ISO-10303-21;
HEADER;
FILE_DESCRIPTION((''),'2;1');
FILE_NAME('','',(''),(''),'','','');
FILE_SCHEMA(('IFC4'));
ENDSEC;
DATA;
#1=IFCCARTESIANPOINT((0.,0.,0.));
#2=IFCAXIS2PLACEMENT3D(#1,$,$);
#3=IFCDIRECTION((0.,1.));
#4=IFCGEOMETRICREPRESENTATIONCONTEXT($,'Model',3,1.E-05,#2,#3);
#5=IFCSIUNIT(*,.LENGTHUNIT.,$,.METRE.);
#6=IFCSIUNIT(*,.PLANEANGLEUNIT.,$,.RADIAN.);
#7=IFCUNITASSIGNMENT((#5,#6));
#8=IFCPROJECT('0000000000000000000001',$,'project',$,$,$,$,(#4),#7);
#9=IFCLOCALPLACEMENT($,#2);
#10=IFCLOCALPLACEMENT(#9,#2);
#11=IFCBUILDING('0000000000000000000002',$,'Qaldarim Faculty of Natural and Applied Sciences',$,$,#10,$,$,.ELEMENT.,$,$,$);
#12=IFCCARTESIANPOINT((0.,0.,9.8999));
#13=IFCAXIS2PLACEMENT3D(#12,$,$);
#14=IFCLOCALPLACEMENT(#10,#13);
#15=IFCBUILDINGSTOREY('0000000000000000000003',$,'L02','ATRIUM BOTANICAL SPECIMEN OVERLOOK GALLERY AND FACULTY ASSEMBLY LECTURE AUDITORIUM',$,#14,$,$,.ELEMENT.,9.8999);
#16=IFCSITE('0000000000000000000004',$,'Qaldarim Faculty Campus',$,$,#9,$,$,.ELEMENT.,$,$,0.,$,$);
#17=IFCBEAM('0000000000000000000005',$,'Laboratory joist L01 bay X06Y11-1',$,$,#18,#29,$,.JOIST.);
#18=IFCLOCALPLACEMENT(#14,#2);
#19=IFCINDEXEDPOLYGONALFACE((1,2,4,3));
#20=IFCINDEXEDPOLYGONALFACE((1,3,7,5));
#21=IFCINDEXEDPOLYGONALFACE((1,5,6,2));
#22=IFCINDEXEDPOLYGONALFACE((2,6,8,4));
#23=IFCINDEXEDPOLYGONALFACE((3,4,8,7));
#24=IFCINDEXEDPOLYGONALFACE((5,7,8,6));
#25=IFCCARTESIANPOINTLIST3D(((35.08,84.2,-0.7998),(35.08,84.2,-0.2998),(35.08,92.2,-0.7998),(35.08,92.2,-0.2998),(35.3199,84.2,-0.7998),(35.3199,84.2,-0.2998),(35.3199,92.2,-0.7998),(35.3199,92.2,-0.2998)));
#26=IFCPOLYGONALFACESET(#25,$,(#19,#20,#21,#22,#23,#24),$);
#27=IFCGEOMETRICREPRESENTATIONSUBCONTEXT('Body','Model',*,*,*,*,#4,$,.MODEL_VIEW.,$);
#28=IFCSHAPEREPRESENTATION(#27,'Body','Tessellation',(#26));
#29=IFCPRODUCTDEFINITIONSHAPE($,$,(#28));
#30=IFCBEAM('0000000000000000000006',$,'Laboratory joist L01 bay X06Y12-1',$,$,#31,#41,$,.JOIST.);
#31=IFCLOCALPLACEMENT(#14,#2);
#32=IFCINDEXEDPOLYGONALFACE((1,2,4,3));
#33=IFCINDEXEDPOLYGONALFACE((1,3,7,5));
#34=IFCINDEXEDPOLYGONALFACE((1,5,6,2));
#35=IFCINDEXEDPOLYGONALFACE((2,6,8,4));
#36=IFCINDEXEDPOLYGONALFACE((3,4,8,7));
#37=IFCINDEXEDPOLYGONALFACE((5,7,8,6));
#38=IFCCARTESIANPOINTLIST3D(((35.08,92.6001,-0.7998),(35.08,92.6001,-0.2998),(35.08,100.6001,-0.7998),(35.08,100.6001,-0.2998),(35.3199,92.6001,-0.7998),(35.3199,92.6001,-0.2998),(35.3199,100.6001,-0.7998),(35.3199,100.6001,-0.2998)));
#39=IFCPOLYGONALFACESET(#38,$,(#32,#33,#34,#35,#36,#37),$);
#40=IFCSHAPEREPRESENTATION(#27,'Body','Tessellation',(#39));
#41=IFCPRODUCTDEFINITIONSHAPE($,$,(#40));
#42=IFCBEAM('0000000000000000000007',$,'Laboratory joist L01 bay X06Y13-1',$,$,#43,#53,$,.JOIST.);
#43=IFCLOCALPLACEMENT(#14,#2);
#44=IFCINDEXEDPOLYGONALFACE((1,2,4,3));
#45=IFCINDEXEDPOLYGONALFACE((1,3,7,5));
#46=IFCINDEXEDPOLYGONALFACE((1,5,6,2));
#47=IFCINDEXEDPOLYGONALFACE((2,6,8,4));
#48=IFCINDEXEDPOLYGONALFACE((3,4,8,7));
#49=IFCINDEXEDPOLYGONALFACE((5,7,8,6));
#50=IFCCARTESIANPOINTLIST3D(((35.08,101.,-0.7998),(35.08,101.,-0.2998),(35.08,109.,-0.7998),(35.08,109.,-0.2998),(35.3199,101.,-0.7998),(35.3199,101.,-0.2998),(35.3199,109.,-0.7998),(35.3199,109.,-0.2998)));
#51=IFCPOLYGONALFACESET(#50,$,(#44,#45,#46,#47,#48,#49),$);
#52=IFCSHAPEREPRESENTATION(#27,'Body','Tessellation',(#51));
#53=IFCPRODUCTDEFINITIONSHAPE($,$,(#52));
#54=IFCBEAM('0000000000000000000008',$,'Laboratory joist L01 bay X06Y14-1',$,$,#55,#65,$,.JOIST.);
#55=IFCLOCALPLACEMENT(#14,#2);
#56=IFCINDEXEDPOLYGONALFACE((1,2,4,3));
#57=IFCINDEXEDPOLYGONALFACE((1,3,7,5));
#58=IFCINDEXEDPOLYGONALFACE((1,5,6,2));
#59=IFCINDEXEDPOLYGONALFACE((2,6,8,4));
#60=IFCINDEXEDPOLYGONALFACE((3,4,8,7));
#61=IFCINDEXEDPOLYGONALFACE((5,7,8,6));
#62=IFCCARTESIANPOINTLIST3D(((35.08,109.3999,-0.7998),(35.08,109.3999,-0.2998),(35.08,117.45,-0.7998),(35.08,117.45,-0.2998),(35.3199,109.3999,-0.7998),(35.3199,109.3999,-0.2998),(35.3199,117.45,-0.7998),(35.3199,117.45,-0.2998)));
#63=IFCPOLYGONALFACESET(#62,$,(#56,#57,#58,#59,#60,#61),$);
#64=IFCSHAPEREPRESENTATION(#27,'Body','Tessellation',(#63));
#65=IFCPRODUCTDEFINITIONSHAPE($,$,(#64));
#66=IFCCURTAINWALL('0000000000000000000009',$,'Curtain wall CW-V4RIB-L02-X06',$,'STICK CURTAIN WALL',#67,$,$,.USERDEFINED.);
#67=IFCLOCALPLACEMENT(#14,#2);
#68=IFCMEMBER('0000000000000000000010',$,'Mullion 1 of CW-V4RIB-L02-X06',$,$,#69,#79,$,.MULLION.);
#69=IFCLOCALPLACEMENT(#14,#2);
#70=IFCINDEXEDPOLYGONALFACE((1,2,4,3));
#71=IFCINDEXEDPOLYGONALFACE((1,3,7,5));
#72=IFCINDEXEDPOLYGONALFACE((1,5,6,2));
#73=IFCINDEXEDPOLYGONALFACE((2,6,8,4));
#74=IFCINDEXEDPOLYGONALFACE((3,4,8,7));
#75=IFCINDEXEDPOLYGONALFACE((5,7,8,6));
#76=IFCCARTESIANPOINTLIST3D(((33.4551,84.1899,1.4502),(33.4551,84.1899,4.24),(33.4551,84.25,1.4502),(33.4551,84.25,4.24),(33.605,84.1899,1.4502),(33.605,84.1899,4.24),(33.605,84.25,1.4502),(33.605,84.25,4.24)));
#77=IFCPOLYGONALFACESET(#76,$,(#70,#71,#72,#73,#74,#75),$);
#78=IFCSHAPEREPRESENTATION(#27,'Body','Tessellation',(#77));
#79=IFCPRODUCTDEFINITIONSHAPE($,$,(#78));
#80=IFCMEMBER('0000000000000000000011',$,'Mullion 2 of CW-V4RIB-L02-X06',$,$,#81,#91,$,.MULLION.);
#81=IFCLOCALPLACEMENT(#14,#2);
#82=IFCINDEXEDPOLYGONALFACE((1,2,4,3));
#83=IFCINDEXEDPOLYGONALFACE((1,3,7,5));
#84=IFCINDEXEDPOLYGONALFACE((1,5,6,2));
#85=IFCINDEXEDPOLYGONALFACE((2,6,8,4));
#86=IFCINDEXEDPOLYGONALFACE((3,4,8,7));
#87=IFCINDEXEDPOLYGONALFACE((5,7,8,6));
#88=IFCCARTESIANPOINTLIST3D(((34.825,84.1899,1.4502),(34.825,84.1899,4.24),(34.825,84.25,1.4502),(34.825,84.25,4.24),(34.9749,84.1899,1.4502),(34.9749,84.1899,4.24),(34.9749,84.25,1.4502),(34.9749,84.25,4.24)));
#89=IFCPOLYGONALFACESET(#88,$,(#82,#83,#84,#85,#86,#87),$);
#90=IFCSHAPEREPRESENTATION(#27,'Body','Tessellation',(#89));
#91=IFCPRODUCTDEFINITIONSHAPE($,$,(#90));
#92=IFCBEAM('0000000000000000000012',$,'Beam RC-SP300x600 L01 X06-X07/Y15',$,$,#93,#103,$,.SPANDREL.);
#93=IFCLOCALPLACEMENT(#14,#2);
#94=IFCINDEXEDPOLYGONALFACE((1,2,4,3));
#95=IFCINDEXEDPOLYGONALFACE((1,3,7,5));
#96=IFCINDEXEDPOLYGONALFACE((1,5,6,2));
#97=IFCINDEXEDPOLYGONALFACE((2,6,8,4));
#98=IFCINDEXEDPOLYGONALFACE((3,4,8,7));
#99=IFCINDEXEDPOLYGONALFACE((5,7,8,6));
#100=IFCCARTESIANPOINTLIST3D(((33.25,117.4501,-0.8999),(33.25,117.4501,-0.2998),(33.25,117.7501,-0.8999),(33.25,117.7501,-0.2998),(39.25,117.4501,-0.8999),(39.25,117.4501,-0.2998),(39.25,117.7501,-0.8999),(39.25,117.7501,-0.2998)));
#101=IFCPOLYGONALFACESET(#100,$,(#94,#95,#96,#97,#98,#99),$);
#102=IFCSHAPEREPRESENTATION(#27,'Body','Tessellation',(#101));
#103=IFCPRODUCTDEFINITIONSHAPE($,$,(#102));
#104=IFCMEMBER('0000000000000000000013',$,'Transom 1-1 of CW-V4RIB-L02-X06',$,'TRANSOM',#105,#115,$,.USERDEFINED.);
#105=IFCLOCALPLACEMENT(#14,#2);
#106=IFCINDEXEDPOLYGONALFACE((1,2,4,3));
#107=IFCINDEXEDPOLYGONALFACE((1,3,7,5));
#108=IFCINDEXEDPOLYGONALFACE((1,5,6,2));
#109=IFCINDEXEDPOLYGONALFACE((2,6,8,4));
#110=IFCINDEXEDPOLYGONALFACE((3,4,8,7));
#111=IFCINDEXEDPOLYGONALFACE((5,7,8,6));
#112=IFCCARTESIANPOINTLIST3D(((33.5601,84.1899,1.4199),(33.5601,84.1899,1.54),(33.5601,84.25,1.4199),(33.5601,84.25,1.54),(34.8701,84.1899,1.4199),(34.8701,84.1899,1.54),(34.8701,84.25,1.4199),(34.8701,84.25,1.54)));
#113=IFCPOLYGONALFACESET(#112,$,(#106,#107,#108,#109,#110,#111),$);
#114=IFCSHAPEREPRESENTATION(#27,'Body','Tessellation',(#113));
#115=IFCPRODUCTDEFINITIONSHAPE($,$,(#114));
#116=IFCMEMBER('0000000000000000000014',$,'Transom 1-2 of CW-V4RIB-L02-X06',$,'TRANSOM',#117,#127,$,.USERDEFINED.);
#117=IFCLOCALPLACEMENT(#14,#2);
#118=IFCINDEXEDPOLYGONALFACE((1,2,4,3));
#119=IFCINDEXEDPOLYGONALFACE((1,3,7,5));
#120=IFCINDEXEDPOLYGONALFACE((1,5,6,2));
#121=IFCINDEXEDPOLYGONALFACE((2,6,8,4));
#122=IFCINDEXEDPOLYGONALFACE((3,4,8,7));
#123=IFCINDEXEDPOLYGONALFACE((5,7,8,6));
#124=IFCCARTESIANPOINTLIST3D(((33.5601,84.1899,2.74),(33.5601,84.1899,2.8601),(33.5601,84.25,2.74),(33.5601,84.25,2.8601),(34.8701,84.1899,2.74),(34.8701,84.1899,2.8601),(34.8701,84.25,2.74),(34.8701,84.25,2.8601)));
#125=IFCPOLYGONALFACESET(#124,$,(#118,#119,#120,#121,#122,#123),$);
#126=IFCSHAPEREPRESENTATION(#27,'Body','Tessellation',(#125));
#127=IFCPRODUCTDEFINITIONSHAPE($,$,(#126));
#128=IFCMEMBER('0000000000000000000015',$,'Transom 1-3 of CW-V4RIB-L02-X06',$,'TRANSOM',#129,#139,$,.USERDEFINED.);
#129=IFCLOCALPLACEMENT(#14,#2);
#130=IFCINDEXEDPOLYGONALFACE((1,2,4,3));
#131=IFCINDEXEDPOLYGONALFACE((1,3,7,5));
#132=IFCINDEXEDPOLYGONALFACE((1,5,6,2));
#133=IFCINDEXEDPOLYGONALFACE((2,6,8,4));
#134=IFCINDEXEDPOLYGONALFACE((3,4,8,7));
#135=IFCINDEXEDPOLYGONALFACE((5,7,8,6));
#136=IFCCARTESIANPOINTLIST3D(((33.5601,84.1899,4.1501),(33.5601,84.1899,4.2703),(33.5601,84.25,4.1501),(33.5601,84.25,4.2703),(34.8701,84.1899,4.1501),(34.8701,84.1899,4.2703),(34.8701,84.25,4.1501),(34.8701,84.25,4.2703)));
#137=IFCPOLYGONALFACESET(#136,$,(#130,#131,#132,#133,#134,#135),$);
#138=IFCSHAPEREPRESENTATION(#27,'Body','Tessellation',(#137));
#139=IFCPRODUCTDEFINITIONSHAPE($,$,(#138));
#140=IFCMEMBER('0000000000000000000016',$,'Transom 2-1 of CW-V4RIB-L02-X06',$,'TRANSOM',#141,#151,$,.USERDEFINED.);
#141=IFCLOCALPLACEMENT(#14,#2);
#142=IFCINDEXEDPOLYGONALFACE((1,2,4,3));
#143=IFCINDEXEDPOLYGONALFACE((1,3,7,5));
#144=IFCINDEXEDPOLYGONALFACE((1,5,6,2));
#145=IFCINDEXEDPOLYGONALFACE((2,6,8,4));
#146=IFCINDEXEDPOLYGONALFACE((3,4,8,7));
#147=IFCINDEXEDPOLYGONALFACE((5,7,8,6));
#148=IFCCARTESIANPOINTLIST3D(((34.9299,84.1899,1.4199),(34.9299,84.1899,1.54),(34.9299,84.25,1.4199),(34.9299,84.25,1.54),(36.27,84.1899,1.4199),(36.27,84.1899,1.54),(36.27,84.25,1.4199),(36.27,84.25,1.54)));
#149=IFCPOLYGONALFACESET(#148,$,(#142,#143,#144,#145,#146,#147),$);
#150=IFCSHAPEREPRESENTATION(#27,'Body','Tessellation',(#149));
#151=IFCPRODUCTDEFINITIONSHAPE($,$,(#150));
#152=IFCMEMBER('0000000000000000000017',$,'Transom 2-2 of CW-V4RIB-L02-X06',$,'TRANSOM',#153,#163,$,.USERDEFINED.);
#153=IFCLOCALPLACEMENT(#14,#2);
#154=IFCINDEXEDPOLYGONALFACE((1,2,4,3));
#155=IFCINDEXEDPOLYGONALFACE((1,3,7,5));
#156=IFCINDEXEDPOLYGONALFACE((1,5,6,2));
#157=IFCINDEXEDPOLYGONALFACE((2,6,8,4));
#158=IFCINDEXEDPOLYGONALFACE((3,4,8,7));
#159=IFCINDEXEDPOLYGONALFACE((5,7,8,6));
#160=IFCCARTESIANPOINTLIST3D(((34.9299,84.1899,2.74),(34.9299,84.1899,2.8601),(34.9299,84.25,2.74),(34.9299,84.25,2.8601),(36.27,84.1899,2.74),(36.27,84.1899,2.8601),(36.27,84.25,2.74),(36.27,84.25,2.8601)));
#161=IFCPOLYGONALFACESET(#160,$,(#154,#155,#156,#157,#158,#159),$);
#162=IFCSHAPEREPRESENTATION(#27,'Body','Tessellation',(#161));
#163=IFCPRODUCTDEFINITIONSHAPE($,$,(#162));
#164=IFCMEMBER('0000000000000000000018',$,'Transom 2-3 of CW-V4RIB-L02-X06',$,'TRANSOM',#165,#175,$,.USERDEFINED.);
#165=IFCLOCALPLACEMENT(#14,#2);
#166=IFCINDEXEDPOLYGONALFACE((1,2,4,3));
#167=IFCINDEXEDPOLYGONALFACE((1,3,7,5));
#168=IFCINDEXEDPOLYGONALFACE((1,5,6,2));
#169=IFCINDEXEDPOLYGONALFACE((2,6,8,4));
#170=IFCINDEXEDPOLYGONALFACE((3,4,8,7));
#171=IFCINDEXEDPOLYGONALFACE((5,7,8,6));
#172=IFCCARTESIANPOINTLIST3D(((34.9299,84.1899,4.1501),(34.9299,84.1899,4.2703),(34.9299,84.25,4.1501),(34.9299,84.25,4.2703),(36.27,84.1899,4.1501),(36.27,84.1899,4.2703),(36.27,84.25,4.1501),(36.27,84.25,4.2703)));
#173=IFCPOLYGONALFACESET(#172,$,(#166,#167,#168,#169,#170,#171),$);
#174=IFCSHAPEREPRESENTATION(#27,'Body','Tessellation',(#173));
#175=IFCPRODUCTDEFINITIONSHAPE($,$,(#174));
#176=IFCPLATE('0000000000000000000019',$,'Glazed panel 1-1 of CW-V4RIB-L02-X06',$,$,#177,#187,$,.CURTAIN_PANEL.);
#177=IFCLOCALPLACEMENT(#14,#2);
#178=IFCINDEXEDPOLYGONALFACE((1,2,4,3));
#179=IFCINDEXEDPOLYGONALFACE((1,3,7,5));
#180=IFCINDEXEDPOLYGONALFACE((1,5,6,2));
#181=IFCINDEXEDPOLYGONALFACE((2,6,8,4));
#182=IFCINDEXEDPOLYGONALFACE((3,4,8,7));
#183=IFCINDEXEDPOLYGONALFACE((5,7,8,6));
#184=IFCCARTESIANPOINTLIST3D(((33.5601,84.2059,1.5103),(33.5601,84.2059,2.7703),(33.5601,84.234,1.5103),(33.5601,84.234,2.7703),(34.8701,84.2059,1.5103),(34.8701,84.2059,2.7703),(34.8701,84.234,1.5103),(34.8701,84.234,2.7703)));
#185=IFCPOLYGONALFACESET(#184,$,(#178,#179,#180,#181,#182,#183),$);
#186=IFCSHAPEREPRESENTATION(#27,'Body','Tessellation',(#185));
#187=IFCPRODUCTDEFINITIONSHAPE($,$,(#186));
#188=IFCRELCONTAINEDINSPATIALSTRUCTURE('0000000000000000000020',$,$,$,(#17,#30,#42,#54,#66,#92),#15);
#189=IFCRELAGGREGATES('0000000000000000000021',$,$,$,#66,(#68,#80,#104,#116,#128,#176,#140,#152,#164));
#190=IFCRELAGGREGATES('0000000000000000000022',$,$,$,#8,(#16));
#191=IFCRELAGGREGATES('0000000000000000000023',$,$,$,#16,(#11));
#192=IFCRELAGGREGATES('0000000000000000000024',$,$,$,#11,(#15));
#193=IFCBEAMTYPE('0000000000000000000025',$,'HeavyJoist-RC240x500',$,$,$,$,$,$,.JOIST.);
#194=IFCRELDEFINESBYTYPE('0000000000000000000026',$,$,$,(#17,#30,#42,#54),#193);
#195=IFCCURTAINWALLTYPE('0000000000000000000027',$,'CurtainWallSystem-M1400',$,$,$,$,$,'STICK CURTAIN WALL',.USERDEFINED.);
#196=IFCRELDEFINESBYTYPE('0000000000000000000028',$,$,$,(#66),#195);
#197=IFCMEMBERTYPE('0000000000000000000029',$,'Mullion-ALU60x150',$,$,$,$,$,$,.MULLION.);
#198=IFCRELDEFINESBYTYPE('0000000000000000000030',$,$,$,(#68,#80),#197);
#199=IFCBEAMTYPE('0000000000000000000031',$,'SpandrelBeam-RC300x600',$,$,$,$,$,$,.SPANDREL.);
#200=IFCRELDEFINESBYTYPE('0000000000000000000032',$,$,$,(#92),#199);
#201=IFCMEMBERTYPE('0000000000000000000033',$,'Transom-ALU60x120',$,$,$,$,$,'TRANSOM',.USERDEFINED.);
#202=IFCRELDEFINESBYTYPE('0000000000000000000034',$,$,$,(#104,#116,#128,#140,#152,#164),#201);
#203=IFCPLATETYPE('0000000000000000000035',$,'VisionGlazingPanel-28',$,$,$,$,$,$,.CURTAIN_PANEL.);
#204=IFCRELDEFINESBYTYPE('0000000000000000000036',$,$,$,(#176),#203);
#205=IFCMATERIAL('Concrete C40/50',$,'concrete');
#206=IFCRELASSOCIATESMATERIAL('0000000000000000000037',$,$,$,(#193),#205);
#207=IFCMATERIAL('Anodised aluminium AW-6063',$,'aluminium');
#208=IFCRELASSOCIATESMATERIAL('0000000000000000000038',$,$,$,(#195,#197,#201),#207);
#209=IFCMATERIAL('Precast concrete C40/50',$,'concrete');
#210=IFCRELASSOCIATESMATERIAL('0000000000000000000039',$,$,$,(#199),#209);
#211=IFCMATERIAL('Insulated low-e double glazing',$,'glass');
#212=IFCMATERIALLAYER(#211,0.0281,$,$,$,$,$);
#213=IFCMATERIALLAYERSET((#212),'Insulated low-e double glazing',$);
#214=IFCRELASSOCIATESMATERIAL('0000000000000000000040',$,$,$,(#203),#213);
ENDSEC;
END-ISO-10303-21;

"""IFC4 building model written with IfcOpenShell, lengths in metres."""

from ifc_helpers import new_model, si_unit, direction, frame, origin, origin_2d, place, context, subcontext, project, spatial, rectangle, extrude, material, layer, layer_set, material_profile, profile_set, type_object, element, aggregate, save


model = new_model("IFC4")

# Units and contexts
model_context = context("Model", 3, precision=1e-05, world=origin(), true_north=direction((0.0, 1.0)))
body_context = subcontext(model_context, "Body", "Model", "MODEL_VIEW")
ifc_project = project(units=[si_unit("LENGTHUNIT", "METRE"), si_unit("PLANEANGLEUNIT", "RADIAN")], contexts=[model_context])

# Site, building, storey
site_placement = place(None, origin())
site = spatial("IfcSite", under=ifc_project, at=site_placement, Name="Qaldarim Faculty Campus", CompositionType="ELEMENT", RefElevation=0.0)
building_placement = place(site_placement, origin())
building = spatial("IfcBuilding", under=site, at=building_placement, Name="Qaldarim Faculty of Natural and Applied Sciences", CompositionType="ELEMENT")
storey_placement = place(building_placement, frame((0.0, 0.0, 9.8999)))
storey = spatial("IfcBuildingStorey", under=building, at=storey_placement, Name="L02", Description="ATRIUM BOTANICAL SPECIMEN OVERLOOK GALLERY AND FACULTY ASSEMBLY LECTURE AUDITORIUM", CompositionType="ELEMENT", Elevation=9.8999)

# Beams
ifc_material_1 = material(Name="Concrete C40/50", Category="concrete")
ifc_material_profile_1 = material_profile(ifc_material_1, rectangle(XDim=0.24, YDim=0.5, at=origin_2d()), Name="RC-J240x500")
ifc_profile_set_1 = profile_set([ifc_material_profile_1], Name="Concrete C40/50")
beam_type_1 = type_object("IfcBeamType", Name="HeavyJoist-RC240x500", PredefinedType="JOIST", material=ifc_profile_set_1)
for number, where, z_axis, x_axis, name in (
    (1, (35.2, 84.2, -0.5498), (0.0, 1.0, 0.0), (-1.0, 0.0, 0.0), "Laboratory joist L01 bay X06Y11-1"),
    (2, (35.2, 92.6001, -0.5498), (0.0, 1.0, 0.0), (-1.0, 0.0, 0.0), "Laboratory joist L01 bay X06Y12-1"),
    (3, (35.2, 101.0, -0.5498), (0.0, 1.0, 0.0), (-1.0, 0.0, 0.0), "Laboratory joist L01 bay X06Y13-1"),
):
    element("IfcBeam", number, at=place(storey_placement, frame(where, z_axis=z_axis, x_axis=x_axis)), inside=storey, type_object=beam_type_1, Name=name, PredefinedType="JOIST", context=body_context, shape_type="SweptSolid", body=[
        extrude(rectangle(XDim=0.24, YDim=0.5, at=origin_2d()), origin(), (0.0, 0.0, 1.0), 8.0),
    ])
beam_1_placement = place(storey_placement, frame((35.2, 109.3999, -0.5498), z_axis=(0.0, 1.0, 0.0), x_axis=(-1.0, 0.0, 0.0)))
element("IfcBeam", 4, at=beam_1_placement, inside=storey, type_object=beam_type_1, Name="Laboratory joist L01 bay X06Y14-1", PredefinedType="JOIST", context=body_context, shape_type="SweptSolid", body=[
    extrude(rectangle(XDim=0.24, YDim=0.5, at=origin_2d()), origin(), (0.0, 0.0, 1.0), 8.05),
])

# Curtain wall, members
ifc_material_2 = material(Name="Anodised aluminium AW-6063", Category="aluminium")
curtain_wall_type = type_object("IfcCurtainWallType", Name="CurtainWallSystem-M1400", ElementType="STICK CURTAIN WALL", PredefinedType="USERDEFINED", material=ifc_material_2)
curtain_wall_placement = place(storey_placement, origin())
curtain_wall = element("IfcCurtainWall", 5, at=curtain_wall_placement, inside=storey, type_object=curtain_wall_type, Name="Curtain wall CW-V4RIB-L02-X06", ObjectType="STICK CURTAIN WALL", PredefinedType="USERDEFINED")
ifc_material_profile_2 = material_profile(ifc_material_2, rectangle(XDim=0.0601, YDim=0.1499, at=origin_2d()), Name="ALU-M60x150")
ifc_profile_set_2 = profile_set([ifc_material_profile_2], Name="Anodised aluminium AW-6063")
member_type_1 = type_object("IfcMemberType", Name="Mullion-ALU60x150", PredefinedType="MULLION", material=ifc_profile_set_2)
member_1_placement = place(storey_placement, frame((33.53, 84.22, 1.4502), z_axis=(0.0, 0.0, 1.0), x_axis=(0.0, 1.0, 0.0)))
member_1 = element("IfcMember", 6, at=member_1_placement, type_object=member_type_1, Name="Mullion 1 of CW-V4RIB-L02-X06", PredefinedType="MULLION", context=body_context, shape_type="SweptSolid", body=[
    extrude(rectangle(XDim=0.0601, YDim=0.1499, at=origin_2d()), origin(), (0.0, 0.0, 1.0), 2.7898),
])
member_2_placement = place(storey_placement, frame((34.8999, 84.22, 1.4502), z_axis=(0.0, 0.0, 1.0), x_axis=(0.0, 1.0, 0.0)))
member_2 = element("IfcMember", 7, at=member_2_placement, type_object=member_type_1, Name="Mullion 2 of CW-V4RIB-L02-X06", PredefinedType="MULLION", context=body_context, shape_type="SweptSolid", body=[
    extrude(rectangle(XDim=0.0601, YDim=0.1499, at=origin_2d()), origin(), (0.0, 0.0, 1.0), 2.7898),
])

# Beam
ifc_material_3 = material(Name="Precast concrete C40/50", Category="concrete")
ifc_material_profile_3 = material_profile(ifc_material_3, rectangle(XDim=0.3, YDim=0.6001, at=origin_2d()), Name="RC-SP300x600")
ifc_profile_set_3 = profile_set([ifc_material_profile_3], Name="Precast concrete C40/50")
beam_type_2 = type_object("IfcBeamType", Name="SpandrelBeam-RC300x600", PredefinedType="SPANDREL", material=ifc_profile_set_3)
beam_2_placement = place(storey_placement, frame((33.25, 117.6001, -0.5999), z_axis=(1.0, 0.0, 0.0), x_axis=(0.0, 1.0, 0.0)))
element("IfcBeam", 8, at=beam_2_placement, inside=storey, type_object=beam_type_2, Name="Beam RC-SP300x600 L01 X06-X07/Y15", PredefinedType="SPANDREL", context=body_context, shape_type="SweptSolid", body=[
    extrude(rectangle(XDim=0.3, YDim=0.6001, at=origin_2d()), origin(), (0.0, 0.0, 1.0), 6.0),
])

# Members
ifc_material_profile_4 = material_profile(ifc_material_2, rectangle(XDim=0.0601, YDim=0.1201, at=origin_2d()), Name="ALU-T60x120")
ifc_profile_set_4 = profile_set([ifc_material_profile_4], Name="Anodised aluminium AW-6063")
member_type_2 = type_object("IfcMemberType", Name="Transom-ALU60x120", ElementType="TRANSOM", PredefinedType="USERDEFINED", material=ifc_profile_set_4)
member_3_placement = place(storey_placement, frame((33.5601, 84.22, 1.48), z_axis=(1.0, 0.0, 0.0), x_axis=(0.0, 1.0, 0.0)))
member_3 = element("IfcMember", 9, at=member_3_placement, type_object=member_type_2, Name="Transom 1-1 of CW-V4RIB-L02-X06", ObjectType="TRANSOM", PredefinedType="USERDEFINED", context=body_context, shape_type="SweptSolid", body=[
    extrude(rectangle(XDim=0.0601, YDim=0.1201, at=origin_2d()), origin(), (0.0, 0.0, 1.0), 1.3101),
])
member_4_placement = place(storey_placement, frame((33.5601, 84.22, 2.8), z_axis=(1.0, 0.0, 0.0), x_axis=(0.0, 1.0, 0.0)))
member_4 = element("IfcMember", 10, at=member_4_placement, type_object=member_type_2, Name="Transom 1-2 of CW-V4RIB-L02-X06", ObjectType="TRANSOM", PredefinedType="USERDEFINED", context=body_context, shape_type="SweptSolid", body=[
    extrude(rectangle(XDim=0.0601, YDim=0.1201, at=origin_2d()), origin(), (0.0, 0.0, 1.0), 1.3101),
])
member_5_placement = place(storey_placement, frame((33.5601, 84.22, 4.2102), z_axis=(1.0, 0.0, 0.0), x_axis=(0.0, 1.0, 0.0)))
member_5 = element("IfcMember", 11, at=member_5_placement, type_object=member_type_2, Name="Transom 1-3 of CW-V4RIB-L02-X06", ObjectType="TRANSOM", PredefinedType="USERDEFINED", context=body_context, shape_type="SweptSolid", body=[
    extrude(rectangle(XDim=0.0601, YDim=0.1201, at=origin_2d()), origin(), (0.0, 0.0, 1.0), 1.3101),
])
member_6_placement = place(storey_placement, frame((34.9299, 84.22, 1.48), z_axis=(1.0, 0.0, 0.0), x_axis=(0.0, 1.0, 0.0)))
member_6 = element("IfcMember", 12, at=member_6_placement, type_object=member_type_2, Name="Transom 2-1 of CW-V4RIB-L02-X06", ObjectType="TRANSOM", PredefinedType="USERDEFINED", context=body_context, shape_type="SweptSolid", body=[
    extrude(rectangle(XDim=0.0601, YDim=0.1201, at=origin_2d()), origin(), (0.0, 0.0, 1.0), 1.3401),
])
member_7_placement = place(storey_placement, frame((34.9299, 84.22, 2.8), z_axis=(1.0, 0.0, 0.0), x_axis=(0.0, 1.0, 0.0)))
member_7 = element("IfcMember", 13, at=member_7_placement, type_object=member_type_2, Name="Transom 2-2 of CW-V4RIB-L02-X06", ObjectType="TRANSOM", PredefinedType="USERDEFINED", context=body_context, shape_type="SweptSolid", body=[
    extrude(rectangle(XDim=0.0601, YDim=0.1201, at=origin_2d()), origin(), (0.0, 0.0, 1.0), 1.3401),
])
member_8_placement = place(storey_placement, frame((34.9299, 84.22, 4.2102), z_axis=(1.0, 0.0, 0.0), x_axis=(0.0, 1.0, 0.0)))
member_8 = element("IfcMember", 14, at=member_8_placement, type_object=member_type_2, Name="Transom 2-3 of CW-V4RIB-L02-X06", ObjectType="TRANSOM", PredefinedType="USERDEFINED", context=body_context, shape_type="SweptSolid", body=[
    extrude(rectangle(XDim=0.0601, YDim=0.1201, at=origin_2d()), origin(), (0.0, 0.0, 1.0), 1.3401),
])

# Plate
ifc_material_4 = material(Name="Insulated low-e double glazing", Category="glass")
ifc_layer_1 = layer(ifc_material_4, 0.0281)
ifc_layer_set_1 = layer_set([ifc_layer_1], Name="Insulated low-e double glazing")
plate_type = type_object("IfcPlateType", Name="VisionGlazingPanel-28", PredefinedType="CURTAIN_PANEL", material=ifc_layer_set_1)
plate_1_placement = place(storey_placement, frame((34.2151, 84.22, 1.5103), z_axis=(0.0, 0.0, 1.0), x_axis=(1.0, 0.0, 0.0)))
plate_1 = element("IfcPlate", 15, at=plate_1_placement, type_object=plate_type, Name="Glazed panel 1-1 of CW-V4RIB-L02-X06", PredefinedType="CURTAIN_PANEL", context=body_context, shape_type="SweptSolid", body=[
    extrude(rectangle(XDim=1.3101, YDim=0.0281, at=origin_2d()), origin(), (0.0, 0.0, 1.0), 1.26),
])
aggregate(curtain_wall, [member_1, member_2, member_3, member_4, member_5, plate_1, member_6, member_7, member_8])

save(model, "model.ifc")
